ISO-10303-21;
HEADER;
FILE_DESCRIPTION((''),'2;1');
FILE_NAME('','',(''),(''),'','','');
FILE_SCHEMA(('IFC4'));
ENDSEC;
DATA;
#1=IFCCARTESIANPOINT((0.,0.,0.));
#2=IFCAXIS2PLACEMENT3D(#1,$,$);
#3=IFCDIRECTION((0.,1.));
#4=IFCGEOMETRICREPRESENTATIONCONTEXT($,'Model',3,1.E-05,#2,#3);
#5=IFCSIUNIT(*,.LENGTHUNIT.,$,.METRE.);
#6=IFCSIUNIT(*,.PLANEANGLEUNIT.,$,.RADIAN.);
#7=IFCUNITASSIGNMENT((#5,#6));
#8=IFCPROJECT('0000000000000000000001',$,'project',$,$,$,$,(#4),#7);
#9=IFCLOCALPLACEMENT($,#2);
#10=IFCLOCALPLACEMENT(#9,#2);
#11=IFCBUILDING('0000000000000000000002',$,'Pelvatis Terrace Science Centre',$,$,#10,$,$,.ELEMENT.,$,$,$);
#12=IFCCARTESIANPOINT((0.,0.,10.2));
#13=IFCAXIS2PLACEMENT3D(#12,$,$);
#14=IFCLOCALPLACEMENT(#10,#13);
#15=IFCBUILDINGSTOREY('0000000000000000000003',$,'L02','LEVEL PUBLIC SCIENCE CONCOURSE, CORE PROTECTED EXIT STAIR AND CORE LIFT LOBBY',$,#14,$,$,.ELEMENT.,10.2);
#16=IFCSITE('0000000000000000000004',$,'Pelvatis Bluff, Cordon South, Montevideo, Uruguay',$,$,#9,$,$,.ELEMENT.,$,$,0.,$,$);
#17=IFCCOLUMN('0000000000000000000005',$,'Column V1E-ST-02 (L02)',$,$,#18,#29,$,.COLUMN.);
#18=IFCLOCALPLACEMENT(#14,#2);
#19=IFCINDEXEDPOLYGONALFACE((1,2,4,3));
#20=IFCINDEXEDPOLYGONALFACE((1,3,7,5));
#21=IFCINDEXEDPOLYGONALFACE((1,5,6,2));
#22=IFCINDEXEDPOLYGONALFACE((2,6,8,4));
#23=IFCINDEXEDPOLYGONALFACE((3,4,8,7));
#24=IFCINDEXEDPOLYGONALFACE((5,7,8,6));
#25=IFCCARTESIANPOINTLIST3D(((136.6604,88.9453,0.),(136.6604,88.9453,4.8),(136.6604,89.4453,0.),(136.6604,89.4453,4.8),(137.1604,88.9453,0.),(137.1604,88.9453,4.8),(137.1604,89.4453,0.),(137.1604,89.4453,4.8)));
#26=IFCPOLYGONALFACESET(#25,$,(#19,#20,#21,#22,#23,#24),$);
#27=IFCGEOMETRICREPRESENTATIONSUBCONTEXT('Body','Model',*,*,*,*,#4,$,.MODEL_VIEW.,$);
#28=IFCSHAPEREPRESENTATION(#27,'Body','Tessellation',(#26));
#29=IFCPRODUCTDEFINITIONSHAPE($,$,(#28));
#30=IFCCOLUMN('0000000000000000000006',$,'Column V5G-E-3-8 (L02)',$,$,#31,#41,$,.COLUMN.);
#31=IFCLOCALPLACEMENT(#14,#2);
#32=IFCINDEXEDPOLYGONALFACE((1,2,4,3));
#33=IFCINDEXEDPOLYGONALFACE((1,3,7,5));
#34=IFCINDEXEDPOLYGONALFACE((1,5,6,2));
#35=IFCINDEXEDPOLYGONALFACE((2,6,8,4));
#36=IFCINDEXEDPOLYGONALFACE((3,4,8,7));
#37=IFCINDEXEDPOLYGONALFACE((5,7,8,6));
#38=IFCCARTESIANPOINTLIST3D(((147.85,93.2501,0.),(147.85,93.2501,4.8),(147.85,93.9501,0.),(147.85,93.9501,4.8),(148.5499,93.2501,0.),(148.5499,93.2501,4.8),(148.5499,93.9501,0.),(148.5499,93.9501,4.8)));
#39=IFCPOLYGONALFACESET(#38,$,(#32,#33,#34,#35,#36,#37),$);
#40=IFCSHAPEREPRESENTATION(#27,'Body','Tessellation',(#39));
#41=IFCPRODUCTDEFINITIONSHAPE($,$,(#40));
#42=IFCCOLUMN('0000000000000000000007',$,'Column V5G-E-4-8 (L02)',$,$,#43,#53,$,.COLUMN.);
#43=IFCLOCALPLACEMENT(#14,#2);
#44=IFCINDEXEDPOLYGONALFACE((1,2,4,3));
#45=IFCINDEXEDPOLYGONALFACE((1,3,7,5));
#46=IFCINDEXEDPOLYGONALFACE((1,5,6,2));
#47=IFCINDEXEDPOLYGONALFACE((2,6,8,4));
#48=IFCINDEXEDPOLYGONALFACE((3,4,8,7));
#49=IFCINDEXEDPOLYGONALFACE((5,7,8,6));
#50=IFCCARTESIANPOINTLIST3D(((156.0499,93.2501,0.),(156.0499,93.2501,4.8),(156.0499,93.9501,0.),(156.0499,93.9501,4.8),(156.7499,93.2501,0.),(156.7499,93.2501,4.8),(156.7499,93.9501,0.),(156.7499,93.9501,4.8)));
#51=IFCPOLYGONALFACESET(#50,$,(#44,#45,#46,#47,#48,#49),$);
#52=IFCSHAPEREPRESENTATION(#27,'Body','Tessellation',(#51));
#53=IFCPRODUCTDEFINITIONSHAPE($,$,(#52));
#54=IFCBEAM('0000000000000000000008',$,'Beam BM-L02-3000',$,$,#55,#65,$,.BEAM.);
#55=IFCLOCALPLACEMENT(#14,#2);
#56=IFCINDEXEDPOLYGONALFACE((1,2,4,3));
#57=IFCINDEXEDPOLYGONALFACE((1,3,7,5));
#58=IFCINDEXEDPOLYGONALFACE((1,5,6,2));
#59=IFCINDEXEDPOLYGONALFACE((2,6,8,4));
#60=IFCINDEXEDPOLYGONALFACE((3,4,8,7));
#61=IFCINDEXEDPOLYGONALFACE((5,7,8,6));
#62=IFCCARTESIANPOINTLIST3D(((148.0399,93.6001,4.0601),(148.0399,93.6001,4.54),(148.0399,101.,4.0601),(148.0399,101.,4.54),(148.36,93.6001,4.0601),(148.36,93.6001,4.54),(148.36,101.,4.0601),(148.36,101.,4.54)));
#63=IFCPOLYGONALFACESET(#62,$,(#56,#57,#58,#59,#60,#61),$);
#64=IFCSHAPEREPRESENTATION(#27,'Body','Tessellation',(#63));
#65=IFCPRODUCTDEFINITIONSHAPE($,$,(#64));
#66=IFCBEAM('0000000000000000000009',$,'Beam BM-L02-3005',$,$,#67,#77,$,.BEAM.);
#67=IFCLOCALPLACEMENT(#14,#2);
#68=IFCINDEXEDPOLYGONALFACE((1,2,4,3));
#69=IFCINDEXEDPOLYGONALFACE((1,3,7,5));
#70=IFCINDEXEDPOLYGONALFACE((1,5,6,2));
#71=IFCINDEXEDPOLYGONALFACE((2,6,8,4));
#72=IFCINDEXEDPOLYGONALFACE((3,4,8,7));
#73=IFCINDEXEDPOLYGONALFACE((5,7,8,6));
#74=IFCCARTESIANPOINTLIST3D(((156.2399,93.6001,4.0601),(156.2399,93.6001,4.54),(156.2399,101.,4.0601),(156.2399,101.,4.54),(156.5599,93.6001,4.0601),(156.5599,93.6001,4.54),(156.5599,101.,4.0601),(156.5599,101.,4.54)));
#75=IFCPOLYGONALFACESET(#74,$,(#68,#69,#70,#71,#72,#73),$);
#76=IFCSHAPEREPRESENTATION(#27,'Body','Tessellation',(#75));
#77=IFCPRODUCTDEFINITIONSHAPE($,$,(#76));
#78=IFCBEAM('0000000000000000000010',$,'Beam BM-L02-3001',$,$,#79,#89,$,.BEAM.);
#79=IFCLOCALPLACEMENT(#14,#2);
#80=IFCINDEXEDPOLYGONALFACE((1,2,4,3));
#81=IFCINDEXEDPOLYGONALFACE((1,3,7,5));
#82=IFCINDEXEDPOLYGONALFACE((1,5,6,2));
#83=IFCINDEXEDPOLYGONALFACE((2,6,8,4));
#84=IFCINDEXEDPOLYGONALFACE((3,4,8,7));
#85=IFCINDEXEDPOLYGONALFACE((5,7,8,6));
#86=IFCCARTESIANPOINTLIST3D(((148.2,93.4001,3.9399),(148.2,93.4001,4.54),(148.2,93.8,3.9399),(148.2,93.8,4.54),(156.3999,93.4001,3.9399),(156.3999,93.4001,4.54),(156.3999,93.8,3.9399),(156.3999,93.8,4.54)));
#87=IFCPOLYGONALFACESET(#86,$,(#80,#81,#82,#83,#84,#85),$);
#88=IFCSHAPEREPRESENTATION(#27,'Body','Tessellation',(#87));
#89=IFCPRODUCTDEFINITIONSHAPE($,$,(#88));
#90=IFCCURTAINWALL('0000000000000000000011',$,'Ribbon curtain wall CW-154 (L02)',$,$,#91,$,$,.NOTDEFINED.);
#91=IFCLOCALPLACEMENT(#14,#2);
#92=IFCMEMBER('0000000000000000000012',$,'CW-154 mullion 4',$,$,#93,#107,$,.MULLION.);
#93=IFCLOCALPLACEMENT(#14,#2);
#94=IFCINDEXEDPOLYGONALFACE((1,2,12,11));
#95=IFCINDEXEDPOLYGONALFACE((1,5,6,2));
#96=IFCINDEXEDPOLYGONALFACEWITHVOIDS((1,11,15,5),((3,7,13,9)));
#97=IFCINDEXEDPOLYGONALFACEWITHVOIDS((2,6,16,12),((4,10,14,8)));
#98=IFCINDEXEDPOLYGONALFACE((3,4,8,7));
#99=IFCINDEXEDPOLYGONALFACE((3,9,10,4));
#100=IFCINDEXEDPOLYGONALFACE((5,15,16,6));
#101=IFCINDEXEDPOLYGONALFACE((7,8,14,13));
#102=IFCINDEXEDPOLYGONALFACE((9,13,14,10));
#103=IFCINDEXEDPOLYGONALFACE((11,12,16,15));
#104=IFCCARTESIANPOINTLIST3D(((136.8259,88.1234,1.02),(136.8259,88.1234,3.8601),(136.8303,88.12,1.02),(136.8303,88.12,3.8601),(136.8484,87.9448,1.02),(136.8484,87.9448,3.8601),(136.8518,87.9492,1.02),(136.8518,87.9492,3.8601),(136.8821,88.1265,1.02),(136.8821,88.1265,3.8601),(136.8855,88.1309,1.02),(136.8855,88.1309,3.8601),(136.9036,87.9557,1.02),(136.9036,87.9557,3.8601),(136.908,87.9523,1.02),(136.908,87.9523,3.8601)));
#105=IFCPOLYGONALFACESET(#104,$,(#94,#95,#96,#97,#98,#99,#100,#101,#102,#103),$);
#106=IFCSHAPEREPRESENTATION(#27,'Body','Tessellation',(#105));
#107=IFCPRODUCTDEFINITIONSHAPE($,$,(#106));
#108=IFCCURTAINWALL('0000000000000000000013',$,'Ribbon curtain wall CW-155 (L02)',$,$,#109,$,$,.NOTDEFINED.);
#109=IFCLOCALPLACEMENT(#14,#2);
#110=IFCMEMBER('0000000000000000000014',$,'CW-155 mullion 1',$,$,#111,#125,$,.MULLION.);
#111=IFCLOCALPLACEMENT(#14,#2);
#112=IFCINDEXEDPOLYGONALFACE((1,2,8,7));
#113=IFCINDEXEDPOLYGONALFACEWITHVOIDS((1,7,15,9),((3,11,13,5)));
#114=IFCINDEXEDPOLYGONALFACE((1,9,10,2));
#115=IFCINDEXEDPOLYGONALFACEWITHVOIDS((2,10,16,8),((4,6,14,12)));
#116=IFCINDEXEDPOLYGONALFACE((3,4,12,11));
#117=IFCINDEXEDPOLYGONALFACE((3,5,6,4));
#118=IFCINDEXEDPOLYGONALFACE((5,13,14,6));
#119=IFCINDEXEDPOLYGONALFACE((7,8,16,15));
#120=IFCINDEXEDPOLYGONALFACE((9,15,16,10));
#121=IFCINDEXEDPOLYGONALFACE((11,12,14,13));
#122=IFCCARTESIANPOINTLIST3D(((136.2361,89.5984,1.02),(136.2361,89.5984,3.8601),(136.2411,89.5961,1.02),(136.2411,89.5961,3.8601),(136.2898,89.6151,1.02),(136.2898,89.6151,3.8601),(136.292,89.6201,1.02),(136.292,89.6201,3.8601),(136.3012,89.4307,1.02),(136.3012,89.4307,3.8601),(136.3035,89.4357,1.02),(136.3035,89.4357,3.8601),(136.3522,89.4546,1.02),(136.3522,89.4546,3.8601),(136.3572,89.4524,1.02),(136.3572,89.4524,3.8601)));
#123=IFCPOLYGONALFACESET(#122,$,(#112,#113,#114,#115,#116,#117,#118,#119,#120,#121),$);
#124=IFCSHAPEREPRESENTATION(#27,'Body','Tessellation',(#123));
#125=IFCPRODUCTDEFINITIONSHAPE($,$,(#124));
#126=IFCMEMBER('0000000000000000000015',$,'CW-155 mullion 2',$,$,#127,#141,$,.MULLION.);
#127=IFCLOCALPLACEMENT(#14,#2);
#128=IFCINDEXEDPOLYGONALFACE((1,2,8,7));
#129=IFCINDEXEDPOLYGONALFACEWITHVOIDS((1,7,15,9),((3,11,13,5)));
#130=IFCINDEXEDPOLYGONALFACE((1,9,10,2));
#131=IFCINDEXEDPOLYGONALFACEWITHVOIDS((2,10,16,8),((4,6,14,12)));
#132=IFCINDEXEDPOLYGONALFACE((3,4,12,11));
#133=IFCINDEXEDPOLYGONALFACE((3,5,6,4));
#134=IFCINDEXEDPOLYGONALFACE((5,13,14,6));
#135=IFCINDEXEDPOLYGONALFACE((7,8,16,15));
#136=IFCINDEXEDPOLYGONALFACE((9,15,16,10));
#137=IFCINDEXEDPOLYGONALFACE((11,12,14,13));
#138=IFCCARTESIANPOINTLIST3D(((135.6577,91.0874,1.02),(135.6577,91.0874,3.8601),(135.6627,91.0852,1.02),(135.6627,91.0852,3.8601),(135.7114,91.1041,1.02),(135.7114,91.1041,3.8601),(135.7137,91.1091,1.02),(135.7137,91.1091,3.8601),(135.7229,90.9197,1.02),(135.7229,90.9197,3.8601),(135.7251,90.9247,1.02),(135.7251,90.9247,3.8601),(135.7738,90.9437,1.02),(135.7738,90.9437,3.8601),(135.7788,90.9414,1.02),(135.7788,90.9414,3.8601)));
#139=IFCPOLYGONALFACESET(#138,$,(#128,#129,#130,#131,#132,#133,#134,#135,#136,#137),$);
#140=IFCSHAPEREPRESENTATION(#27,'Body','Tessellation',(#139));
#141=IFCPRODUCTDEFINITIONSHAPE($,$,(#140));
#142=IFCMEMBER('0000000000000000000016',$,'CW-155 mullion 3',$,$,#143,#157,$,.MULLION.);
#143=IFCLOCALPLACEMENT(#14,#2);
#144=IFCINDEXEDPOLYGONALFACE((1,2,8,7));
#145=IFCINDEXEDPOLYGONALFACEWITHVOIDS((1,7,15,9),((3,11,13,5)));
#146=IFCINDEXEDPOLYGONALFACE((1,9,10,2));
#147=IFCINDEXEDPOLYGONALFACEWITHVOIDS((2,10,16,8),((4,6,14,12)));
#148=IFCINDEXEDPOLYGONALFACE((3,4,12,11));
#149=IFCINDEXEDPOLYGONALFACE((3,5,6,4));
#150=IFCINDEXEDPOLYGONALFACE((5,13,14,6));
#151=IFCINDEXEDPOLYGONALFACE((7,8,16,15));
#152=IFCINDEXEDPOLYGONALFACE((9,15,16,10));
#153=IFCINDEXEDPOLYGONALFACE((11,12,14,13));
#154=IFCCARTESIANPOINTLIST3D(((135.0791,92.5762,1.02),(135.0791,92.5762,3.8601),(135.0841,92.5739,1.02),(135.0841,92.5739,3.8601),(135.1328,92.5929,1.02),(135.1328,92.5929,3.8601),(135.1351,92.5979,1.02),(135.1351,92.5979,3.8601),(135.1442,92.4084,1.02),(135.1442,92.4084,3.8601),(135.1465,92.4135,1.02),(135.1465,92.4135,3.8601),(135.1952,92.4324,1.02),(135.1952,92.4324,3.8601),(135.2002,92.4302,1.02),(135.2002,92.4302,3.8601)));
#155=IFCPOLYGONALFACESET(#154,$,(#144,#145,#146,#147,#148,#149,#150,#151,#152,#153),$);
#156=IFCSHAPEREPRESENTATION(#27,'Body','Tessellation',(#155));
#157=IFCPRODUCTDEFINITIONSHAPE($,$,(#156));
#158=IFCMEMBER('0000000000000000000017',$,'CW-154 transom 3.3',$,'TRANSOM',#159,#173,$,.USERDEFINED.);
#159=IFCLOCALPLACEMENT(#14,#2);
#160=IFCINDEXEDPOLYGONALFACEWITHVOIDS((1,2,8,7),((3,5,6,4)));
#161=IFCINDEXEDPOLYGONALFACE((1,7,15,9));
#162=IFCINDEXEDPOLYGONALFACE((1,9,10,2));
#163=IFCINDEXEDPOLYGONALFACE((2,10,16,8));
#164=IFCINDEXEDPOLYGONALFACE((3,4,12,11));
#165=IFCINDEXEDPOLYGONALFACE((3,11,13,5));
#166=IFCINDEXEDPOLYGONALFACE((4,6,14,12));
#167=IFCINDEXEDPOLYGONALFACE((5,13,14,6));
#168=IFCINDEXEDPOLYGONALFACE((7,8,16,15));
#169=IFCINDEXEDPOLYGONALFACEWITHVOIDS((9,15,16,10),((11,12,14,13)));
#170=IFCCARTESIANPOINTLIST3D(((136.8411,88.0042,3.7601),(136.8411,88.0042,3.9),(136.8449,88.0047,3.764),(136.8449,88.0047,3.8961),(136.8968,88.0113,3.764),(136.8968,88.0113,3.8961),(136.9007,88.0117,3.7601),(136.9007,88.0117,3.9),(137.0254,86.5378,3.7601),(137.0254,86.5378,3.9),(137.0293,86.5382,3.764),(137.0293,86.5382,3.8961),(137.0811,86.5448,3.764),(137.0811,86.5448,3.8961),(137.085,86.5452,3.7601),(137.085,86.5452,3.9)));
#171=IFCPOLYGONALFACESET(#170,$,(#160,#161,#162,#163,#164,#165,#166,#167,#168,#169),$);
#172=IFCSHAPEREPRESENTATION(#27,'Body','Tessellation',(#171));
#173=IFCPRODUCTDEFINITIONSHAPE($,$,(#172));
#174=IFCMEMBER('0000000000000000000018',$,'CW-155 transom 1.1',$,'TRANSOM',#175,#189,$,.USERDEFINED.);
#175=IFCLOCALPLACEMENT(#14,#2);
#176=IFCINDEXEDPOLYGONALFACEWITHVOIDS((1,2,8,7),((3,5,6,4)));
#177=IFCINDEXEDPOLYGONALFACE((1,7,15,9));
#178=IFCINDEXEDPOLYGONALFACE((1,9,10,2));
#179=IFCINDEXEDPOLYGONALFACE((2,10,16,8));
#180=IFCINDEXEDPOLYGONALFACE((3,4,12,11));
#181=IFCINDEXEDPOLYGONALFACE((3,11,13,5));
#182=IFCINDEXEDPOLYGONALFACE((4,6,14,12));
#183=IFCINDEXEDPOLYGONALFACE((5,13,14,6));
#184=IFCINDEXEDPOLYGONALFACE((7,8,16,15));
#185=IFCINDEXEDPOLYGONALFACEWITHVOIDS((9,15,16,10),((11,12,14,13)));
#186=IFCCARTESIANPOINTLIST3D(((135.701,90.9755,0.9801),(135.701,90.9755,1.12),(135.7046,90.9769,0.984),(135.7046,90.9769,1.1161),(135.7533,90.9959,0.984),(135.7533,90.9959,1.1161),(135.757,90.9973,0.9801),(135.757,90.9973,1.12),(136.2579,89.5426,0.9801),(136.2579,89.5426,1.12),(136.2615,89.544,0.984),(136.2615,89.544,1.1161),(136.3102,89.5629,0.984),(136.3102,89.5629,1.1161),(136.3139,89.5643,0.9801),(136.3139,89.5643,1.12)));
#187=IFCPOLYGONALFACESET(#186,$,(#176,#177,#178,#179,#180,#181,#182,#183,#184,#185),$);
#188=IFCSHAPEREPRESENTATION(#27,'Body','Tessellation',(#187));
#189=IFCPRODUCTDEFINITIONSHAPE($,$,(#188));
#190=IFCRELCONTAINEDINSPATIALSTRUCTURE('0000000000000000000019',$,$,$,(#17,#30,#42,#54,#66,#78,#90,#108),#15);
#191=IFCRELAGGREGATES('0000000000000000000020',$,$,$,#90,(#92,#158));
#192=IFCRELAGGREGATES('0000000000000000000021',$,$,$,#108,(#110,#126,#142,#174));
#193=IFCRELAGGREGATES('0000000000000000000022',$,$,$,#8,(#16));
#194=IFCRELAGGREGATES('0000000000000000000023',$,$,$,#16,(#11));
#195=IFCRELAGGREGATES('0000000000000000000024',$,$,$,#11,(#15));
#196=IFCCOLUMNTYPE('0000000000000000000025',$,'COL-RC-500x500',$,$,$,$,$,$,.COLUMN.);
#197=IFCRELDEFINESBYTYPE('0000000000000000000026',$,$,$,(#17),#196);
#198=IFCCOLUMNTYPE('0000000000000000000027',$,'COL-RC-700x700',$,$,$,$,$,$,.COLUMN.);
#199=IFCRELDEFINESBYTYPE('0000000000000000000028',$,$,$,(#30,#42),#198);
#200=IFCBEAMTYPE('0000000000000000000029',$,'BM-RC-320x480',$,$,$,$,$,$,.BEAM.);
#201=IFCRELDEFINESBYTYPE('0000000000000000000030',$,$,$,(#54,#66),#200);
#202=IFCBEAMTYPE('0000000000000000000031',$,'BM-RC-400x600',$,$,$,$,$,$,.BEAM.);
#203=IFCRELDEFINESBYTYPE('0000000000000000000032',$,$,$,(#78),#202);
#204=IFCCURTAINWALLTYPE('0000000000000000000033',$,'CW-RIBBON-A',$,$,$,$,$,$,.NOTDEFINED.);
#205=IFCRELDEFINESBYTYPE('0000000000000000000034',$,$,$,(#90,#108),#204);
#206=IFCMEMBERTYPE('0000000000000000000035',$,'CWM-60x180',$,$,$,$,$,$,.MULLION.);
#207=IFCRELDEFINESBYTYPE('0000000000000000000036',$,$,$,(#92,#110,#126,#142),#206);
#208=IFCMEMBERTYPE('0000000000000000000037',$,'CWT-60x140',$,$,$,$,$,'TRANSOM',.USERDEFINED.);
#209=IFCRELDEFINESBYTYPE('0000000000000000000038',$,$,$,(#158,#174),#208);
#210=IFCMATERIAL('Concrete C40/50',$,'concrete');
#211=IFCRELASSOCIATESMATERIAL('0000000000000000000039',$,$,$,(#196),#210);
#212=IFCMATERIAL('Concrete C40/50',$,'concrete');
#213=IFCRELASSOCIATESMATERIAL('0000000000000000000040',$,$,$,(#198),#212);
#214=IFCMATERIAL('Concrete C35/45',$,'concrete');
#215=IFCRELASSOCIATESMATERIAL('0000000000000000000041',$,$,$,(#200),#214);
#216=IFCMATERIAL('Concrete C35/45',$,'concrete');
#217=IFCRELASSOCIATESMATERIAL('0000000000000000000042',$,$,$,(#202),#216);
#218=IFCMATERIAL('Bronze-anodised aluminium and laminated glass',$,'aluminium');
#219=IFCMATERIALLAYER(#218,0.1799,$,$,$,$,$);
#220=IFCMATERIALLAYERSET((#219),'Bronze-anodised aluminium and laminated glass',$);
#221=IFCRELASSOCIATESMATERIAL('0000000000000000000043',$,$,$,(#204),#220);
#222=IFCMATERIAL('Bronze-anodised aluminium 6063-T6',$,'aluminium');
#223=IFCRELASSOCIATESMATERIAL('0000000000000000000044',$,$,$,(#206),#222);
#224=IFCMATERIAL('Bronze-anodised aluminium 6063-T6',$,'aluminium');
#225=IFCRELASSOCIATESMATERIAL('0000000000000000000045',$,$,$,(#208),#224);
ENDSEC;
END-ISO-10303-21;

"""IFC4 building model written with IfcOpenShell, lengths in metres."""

from ifc_helpers import new_model, si_unit, direction, frame, origin, origin_2d, place, context, subcontext, project, spatial, rectangle, hollow_rectangle, extrude, material, layer, layer_set, material_profile, profile_set, type_object, element, aggregate, save


model = new_model("IFC4")

# Units and contexts
model_context = context("Model", 3, precision=1e-05, world=origin(), true_north=direction((0.0, 1.0)))
body_context = subcontext(model_context, "Body", "Model", "MODEL_VIEW")
ifc_project = project(units=[si_unit("LENGTHUNIT", "METRE"), si_unit("PLANEANGLEUNIT", "RADIAN")], contexts=[model_context])

# Site, building, storey
site_placement = place(None, origin())
site = spatial("IfcSite", under=ifc_project, at=site_placement, Name="Pelvatis Bluff, Cordon South, Montevideo, Uruguay", CompositionType="ELEMENT", RefElevation=0.0)
building_placement = place(site_placement, origin())
building = spatial("IfcBuilding", under=site, at=building_placement, Name="Pelvatis Terrace Science Centre", CompositionType="ELEMENT")
storey_placement = place(building_placement, frame((0.0, 0.0, 10.2)))
storey = spatial("IfcBuildingStorey", under=building, at=storey_placement, Name="L02", Description="LEVEL PUBLIC SCIENCE CONCOURSE, CORE PROTECTED EXIT STAIR AND CORE LIFT LOBBY", CompositionType="ELEMENT", Elevation=10.2)

# Columns
ifc_material_1 = material(Name="Concrete C40/50", Category="concrete")
ifc_material_profile_1 = material_profile(ifc_material_1, rectangle(XDim=0.5, YDim=0.5, at=origin_2d()), Name="RC-COL 500x500")
ifc_profile_set_1 = profile_set([ifc_material_profile_1], Name="Concrete C40/50")
column_type_1 = type_object("IfcColumnType", Name="COL-RC-500x500", PredefinedType="COLUMN", material=ifc_profile_set_1)
column_placement = place(storey_placement, frame((136.9104, 89.1953, 0.0), z_axis=(0.0, 0.0, 1.0), x_axis=(1.0, 0.0, 0.0)))
element("IfcColumn", 1, at=column_placement, inside=storey, type_object=column_type_1, Name="Column V1E-ST-02 (L02)", PredefinedType="COLUMN", context=body_context, shape_type="SweptSolid", body=[
    extrude(rectangle(XDim=0.5, YDim=0.5, at=origin_2d()), origin(), (0.0, 0.0, 1.0), 4.8),
])
ifc_material_2 = material(Name="Concrete C40/50", Category="concrete")
ifc_material_profile_2 = material_profile(ifc_material_2, rectangle(XDim=0.7, YDim=0.7, at=origin_2d()), Name="RC-COL 700x700")
ifc_profile_set_2 = profile_set([ifc_material_profile_2], Name="Concrete C40/50")
column_type_2 = type_object("IfcColumnType", Name="COL-RC-700x700", PredefinedType="COLUMN", material=ifc_profile_set_2)
for number, where, z_axis, x_axis, name in (
    (2, (148.2, 93.6001, 0.0), (0.0, 0.0, 1.0), (1.0, 0.0, 0.0), "Column V5G-E-3-8 (L02)"),
    (3, (156.3999, 93.6001, 0.0), (0.0, 0.0, 1.0), (1.0, 0.0, 0.0), "Column V5G-E-4-8 (L02)"),
):
    element("IfcColumn", number, at=place(storey_placement, frame(where, z_axis=z_axis, x_axis=x_axis)), inside=storey, type_object=column_type_2, Name=name, PredefinedType="COLUMN", context=body_context, shape_type="SweptSolid", body=[
        extrude(rectangle(XDim=0.7, YDim=0.7, at=origin_2d()), origin(), (0.0, 0.0, 1.0), 4.8),
    ])

# Beams
ifc_material_3 = material(Name="Concrete C35/45", Category="concrete")
ifc_material_profile_3 = material_profile(ifc_material_3, rectangle(XDim=0.3201, YDim=0.48, at=origin_2d()), Name="RC-BM 320x480")
ifc_profile_set_3 = profile_set([ifc_material_profile_3], Name="Concrete C35/45")
beam_type_1 = type_object("IfcBeamType", Name="BM-RC-320x480", PredefinedType="BEAM", material=ifc_profile_set_3)
for number, where, z_axis, x_axis, name in (
    (4, (148.2, 93.6001, 4.3), (0.0, 1.0, 0.0), (-1.0, 0.0, 0.0), "Beam BM-L02-3000"),
    (5, (156.3999, 93.6001, 4.3), (0.0, 1.0, 0.0), (-1.0, 0.0, 0.0), "Beam BM-L02-3005"),
):
    element("IfcBeam", number, at=place(storey_placement, frame(where, z_axis=z_axis, x_axis=x_axis)), inside=storey, type_object=beam_type_1, Name=name, PredefinedType="BEAM", context=body_context, shape_type="SweptSolid", body=[
        extrude(rectangle(XDim=0.3201, YDim=0.48, at=origin_2d()), origin(), (0.0, 0.0, 1.0), 7.3999),
    ])
ifc_material_4 = material(Name="Concrete C35/45", Category="concrete")
ifc_material_profile_4 = material_profile(ifc_material_4, rectangle(XDim=0.3999, YDim=0.6001, at=origin_2d()), Name="RC-BM 400x600")
ifc_profile_set_4 = profile_set([ifc_material_profile_4], Name="Concrete C35/45")
beam_type_2 = type_object("IfcBeamType", Name="BM-RC-400x600", PredefinedType="BEAM", material=ifc_profile_set_4)
beam_placement = place(storey_placement, frame((148.2, 93.6001, 4.24), z_axis=(1.0, 0.0, 0.0), x_axis=(0.0, 1.0, 0.0)))
element("IfcBeam", 6, at=beam_placement, inside=storey, type_object=beam_type_2, Name="Beam BM-L02-3001", PredefinedType="BEAM", context=body_context, shape_type="SweptSolid", body=[
    extrude(rectangle(XDim=0.3999, YDim=0.6001, at=origin_2d()), origin(), (0.0, 0.0, 1.0), 8.2),
])

# Curtain wall, member
ifc_material_5 = material(Name="Bronze-anodised aluminium and laminated glass", Category="aluminium")
ifc_layer_1 = layer(ifc_material_5, 0.1799)
ifc_layer_set_1 = layer_set([ifc_layer_1], Name="Bronze-anodised aluminium and laminated glass")
curtain_wall_type = type_object("IfcCurtainWallType", Name="CW-RIBBON-A", PredefinedType="NOTDEFINED", material=ifc_layer_set_1)
curtain_wall_1_placement = place(storey_placement, origin())
curtain_wall_1 = element("IfcCurtainWall", 7, at=curtain_wall_1_placement, inside=storey, type_object=curtain_wall_type, Name="Ribbon curtain wall CW-154 (L02)", PredefinedType="NOTDEFINED")
ifc_material_6 = material(Name="Bronze-anodised aluminium 6063-T6", Category="aluminium")
ifc_material_profile_5 = material_profile(ifc_material_6, hollow_rectangle(XDim=0.0601, YDim=0.1799, WallThickness=0.0039, at=origin_2d()), Name="ALU-MUL 60x180")
ifc_profile_set_5 = profile_set([ifc_material_profile_5], Name="Bronze-anodised aluminium 6063-T6")
member_type_1 = type_object("IfcMemberType", Name="CWM-60x180", PredefinedType="MULLION", material=ifc_profile_set_5)
member_1_placement = place(storey_placement, frame((136.8669, 88.0378, 1.02), z_axis=(0.0, 0.0, 1.0), x_axis=(-0.992193, -0.124715, 0.0)))
member_1 = element("IfcMember", 8, at=member_1_placement, type_object=member_type_1, Name="CW-154 mullion 4", PredefinedType="MULLION", context=body_context, shape_type="SweptSolid", body=[
    extrude(hollow_rectangle(XDim=0.0601, YDim=0.1799, WallThickness=0.0039, at=origin_2d()), origin(), (0.0, 0.0, 1.0), 2.8401),
])

# Curtain wall, members
curtain_wall_2_placement = place(storey_placement, origin())
curtain_wall_2 = element("IfcCurtainWall", 9, at=curtain_wall_2_placement, inside=storey, type_object=curtain_wall_type, Name="Ribbon curtain wall CW-155 (L02)", PredefinedType="NOTDEFINED")
member_2_placement = place(storey_placement, frame((136.2966, 89.5254, 1.02), z_axis=(0.0, 0.0, 1.0), x_axis=(-0.932095, -0.362213, 0.0)))
member_2 = element("IfcMember", 10, at=member_2_placement, type_object=member_type_1, Name="CW-155 mullion 1", PredefinedType="MULLION", context=body_context, shape_type="SweptSolid", body=[
    extrude(hollow_rectangle(XDim=0.0601, YDim=0.1799, WallThickness=0.0039, at=origin_2d()), origin(), (0.0, 0.0, 1.0), 2.8401),
])
member_3_placement = place(storey_placement, frame((135.7183, 91.0144, 1.02), z_axis=(0.0, 0.0, 1.0), x_axis=(-0.932095, -0.362213, 0.0)))
member_3 = element("IfcMember", 11, at=member_3_placement, type_object=member_type_1, Name="CW-155 mullion 2", PredefinedType="MULLION", context=body_context, shape_type="SweptSolid", body=[
    extrude(hollow_rectangle(XDim=0.0601, YDim=0.1799, WallThickness=0.0039, at=origin_2d()), origin(), (0.0, 0.0, 1.0), 2.8401),
])
member_4_placement = place(storey_placement, frame((135.1396, 92.5032, 1.02), z_axis=(0.0, 0.0, 1.0), x_axis=(-0.932095, -0.362213, 0.0)))
member_4 = element("IfcMember", 12, at=member_4_placement, type_object=member_type_1, Name="CW-155 mullion 3", PredefinedType="MULLION", context=body_context, shape_type="SweptSolid", body=[
    extrude(hollow_rectangle(XDim=0.0601, YDim=0.1799, WallThickness=0.0039, at=origin_2d()), origin(), (0.0, 0.0, 1.0), 2.8401),
])

# Members
ifc_material_7 = material(Name="Bronze-anodised aluminium 6063-T6", Category="aluminium")
ifc_material_profile_6 = material_profile(ifc_material_7, hollow_rectangle(XDim=0.0601, YDim=0.1399, WallThickness=0.0039, at=origin_2d()), Name="ALU-TRN 60x140")
ifc_profile_set_6 = profile_set([ifc_material_profile_6], Name="Bronze-anodised aluminium 6063-T6")
member_type_2 = type_object("IfcMemberType", Name="CWT-60x140", ElementType="TRANSOM", PredefinedType="USERDEFINED", material=ifc_profile_set_6)
member_5_placement = place(storey_placement, frame((137.0552, 86.5415, 3.8301), z_axis=(-0.124706, 0.992194, 0.0), x_axis=(-0.992194, -0.124706, 0.0)))
member_5 = element("IfcMember", 13, at=member_5_placement, type_object=member_type_2, Name="CW-154 transom 3.3", ObjectType="TRANSOM", PredefinedType="USERDEFINED", context=body_context, shape_type="SweptSolid", body=[
    extrude(hollow_rectangle(XDim=0.0601, YDim=0.1399, WallThickness=0.0039, at=origin_2d()), origin(), (0.0, 0.0, 1.0), 1.478),
])
member_6_placement = place(storey_placement, frame((136.2859, 89.5535, 1.05), z_axis=(-0.362255, 0.932079, 0.0), x_axis=(-0.932079, -0.362255, 0.0)))
member_6 = element("IfcMember", 14, at=member_6_placement, type_object=member_type_2, Name="CW-155 transom 1.1", ObjectType="TRANSOM", PredefinedType="USERDEFINED", context=body_context, shape_type="SweptSolid", body=[
    extrude(hollow_rectangle(XDim=0.0601, YDim=0.1399, WallThickness=0.0039, at=origin_2d()), origin(), (0.0, 0.0, 1.0), 1.5374),
])

aggregate(curtain_wall_1, [member_1, member_5])
aggregate(curtain_wall_2, [member_2, member_3, member_4, member_6])

save(model, "model.ifc")
